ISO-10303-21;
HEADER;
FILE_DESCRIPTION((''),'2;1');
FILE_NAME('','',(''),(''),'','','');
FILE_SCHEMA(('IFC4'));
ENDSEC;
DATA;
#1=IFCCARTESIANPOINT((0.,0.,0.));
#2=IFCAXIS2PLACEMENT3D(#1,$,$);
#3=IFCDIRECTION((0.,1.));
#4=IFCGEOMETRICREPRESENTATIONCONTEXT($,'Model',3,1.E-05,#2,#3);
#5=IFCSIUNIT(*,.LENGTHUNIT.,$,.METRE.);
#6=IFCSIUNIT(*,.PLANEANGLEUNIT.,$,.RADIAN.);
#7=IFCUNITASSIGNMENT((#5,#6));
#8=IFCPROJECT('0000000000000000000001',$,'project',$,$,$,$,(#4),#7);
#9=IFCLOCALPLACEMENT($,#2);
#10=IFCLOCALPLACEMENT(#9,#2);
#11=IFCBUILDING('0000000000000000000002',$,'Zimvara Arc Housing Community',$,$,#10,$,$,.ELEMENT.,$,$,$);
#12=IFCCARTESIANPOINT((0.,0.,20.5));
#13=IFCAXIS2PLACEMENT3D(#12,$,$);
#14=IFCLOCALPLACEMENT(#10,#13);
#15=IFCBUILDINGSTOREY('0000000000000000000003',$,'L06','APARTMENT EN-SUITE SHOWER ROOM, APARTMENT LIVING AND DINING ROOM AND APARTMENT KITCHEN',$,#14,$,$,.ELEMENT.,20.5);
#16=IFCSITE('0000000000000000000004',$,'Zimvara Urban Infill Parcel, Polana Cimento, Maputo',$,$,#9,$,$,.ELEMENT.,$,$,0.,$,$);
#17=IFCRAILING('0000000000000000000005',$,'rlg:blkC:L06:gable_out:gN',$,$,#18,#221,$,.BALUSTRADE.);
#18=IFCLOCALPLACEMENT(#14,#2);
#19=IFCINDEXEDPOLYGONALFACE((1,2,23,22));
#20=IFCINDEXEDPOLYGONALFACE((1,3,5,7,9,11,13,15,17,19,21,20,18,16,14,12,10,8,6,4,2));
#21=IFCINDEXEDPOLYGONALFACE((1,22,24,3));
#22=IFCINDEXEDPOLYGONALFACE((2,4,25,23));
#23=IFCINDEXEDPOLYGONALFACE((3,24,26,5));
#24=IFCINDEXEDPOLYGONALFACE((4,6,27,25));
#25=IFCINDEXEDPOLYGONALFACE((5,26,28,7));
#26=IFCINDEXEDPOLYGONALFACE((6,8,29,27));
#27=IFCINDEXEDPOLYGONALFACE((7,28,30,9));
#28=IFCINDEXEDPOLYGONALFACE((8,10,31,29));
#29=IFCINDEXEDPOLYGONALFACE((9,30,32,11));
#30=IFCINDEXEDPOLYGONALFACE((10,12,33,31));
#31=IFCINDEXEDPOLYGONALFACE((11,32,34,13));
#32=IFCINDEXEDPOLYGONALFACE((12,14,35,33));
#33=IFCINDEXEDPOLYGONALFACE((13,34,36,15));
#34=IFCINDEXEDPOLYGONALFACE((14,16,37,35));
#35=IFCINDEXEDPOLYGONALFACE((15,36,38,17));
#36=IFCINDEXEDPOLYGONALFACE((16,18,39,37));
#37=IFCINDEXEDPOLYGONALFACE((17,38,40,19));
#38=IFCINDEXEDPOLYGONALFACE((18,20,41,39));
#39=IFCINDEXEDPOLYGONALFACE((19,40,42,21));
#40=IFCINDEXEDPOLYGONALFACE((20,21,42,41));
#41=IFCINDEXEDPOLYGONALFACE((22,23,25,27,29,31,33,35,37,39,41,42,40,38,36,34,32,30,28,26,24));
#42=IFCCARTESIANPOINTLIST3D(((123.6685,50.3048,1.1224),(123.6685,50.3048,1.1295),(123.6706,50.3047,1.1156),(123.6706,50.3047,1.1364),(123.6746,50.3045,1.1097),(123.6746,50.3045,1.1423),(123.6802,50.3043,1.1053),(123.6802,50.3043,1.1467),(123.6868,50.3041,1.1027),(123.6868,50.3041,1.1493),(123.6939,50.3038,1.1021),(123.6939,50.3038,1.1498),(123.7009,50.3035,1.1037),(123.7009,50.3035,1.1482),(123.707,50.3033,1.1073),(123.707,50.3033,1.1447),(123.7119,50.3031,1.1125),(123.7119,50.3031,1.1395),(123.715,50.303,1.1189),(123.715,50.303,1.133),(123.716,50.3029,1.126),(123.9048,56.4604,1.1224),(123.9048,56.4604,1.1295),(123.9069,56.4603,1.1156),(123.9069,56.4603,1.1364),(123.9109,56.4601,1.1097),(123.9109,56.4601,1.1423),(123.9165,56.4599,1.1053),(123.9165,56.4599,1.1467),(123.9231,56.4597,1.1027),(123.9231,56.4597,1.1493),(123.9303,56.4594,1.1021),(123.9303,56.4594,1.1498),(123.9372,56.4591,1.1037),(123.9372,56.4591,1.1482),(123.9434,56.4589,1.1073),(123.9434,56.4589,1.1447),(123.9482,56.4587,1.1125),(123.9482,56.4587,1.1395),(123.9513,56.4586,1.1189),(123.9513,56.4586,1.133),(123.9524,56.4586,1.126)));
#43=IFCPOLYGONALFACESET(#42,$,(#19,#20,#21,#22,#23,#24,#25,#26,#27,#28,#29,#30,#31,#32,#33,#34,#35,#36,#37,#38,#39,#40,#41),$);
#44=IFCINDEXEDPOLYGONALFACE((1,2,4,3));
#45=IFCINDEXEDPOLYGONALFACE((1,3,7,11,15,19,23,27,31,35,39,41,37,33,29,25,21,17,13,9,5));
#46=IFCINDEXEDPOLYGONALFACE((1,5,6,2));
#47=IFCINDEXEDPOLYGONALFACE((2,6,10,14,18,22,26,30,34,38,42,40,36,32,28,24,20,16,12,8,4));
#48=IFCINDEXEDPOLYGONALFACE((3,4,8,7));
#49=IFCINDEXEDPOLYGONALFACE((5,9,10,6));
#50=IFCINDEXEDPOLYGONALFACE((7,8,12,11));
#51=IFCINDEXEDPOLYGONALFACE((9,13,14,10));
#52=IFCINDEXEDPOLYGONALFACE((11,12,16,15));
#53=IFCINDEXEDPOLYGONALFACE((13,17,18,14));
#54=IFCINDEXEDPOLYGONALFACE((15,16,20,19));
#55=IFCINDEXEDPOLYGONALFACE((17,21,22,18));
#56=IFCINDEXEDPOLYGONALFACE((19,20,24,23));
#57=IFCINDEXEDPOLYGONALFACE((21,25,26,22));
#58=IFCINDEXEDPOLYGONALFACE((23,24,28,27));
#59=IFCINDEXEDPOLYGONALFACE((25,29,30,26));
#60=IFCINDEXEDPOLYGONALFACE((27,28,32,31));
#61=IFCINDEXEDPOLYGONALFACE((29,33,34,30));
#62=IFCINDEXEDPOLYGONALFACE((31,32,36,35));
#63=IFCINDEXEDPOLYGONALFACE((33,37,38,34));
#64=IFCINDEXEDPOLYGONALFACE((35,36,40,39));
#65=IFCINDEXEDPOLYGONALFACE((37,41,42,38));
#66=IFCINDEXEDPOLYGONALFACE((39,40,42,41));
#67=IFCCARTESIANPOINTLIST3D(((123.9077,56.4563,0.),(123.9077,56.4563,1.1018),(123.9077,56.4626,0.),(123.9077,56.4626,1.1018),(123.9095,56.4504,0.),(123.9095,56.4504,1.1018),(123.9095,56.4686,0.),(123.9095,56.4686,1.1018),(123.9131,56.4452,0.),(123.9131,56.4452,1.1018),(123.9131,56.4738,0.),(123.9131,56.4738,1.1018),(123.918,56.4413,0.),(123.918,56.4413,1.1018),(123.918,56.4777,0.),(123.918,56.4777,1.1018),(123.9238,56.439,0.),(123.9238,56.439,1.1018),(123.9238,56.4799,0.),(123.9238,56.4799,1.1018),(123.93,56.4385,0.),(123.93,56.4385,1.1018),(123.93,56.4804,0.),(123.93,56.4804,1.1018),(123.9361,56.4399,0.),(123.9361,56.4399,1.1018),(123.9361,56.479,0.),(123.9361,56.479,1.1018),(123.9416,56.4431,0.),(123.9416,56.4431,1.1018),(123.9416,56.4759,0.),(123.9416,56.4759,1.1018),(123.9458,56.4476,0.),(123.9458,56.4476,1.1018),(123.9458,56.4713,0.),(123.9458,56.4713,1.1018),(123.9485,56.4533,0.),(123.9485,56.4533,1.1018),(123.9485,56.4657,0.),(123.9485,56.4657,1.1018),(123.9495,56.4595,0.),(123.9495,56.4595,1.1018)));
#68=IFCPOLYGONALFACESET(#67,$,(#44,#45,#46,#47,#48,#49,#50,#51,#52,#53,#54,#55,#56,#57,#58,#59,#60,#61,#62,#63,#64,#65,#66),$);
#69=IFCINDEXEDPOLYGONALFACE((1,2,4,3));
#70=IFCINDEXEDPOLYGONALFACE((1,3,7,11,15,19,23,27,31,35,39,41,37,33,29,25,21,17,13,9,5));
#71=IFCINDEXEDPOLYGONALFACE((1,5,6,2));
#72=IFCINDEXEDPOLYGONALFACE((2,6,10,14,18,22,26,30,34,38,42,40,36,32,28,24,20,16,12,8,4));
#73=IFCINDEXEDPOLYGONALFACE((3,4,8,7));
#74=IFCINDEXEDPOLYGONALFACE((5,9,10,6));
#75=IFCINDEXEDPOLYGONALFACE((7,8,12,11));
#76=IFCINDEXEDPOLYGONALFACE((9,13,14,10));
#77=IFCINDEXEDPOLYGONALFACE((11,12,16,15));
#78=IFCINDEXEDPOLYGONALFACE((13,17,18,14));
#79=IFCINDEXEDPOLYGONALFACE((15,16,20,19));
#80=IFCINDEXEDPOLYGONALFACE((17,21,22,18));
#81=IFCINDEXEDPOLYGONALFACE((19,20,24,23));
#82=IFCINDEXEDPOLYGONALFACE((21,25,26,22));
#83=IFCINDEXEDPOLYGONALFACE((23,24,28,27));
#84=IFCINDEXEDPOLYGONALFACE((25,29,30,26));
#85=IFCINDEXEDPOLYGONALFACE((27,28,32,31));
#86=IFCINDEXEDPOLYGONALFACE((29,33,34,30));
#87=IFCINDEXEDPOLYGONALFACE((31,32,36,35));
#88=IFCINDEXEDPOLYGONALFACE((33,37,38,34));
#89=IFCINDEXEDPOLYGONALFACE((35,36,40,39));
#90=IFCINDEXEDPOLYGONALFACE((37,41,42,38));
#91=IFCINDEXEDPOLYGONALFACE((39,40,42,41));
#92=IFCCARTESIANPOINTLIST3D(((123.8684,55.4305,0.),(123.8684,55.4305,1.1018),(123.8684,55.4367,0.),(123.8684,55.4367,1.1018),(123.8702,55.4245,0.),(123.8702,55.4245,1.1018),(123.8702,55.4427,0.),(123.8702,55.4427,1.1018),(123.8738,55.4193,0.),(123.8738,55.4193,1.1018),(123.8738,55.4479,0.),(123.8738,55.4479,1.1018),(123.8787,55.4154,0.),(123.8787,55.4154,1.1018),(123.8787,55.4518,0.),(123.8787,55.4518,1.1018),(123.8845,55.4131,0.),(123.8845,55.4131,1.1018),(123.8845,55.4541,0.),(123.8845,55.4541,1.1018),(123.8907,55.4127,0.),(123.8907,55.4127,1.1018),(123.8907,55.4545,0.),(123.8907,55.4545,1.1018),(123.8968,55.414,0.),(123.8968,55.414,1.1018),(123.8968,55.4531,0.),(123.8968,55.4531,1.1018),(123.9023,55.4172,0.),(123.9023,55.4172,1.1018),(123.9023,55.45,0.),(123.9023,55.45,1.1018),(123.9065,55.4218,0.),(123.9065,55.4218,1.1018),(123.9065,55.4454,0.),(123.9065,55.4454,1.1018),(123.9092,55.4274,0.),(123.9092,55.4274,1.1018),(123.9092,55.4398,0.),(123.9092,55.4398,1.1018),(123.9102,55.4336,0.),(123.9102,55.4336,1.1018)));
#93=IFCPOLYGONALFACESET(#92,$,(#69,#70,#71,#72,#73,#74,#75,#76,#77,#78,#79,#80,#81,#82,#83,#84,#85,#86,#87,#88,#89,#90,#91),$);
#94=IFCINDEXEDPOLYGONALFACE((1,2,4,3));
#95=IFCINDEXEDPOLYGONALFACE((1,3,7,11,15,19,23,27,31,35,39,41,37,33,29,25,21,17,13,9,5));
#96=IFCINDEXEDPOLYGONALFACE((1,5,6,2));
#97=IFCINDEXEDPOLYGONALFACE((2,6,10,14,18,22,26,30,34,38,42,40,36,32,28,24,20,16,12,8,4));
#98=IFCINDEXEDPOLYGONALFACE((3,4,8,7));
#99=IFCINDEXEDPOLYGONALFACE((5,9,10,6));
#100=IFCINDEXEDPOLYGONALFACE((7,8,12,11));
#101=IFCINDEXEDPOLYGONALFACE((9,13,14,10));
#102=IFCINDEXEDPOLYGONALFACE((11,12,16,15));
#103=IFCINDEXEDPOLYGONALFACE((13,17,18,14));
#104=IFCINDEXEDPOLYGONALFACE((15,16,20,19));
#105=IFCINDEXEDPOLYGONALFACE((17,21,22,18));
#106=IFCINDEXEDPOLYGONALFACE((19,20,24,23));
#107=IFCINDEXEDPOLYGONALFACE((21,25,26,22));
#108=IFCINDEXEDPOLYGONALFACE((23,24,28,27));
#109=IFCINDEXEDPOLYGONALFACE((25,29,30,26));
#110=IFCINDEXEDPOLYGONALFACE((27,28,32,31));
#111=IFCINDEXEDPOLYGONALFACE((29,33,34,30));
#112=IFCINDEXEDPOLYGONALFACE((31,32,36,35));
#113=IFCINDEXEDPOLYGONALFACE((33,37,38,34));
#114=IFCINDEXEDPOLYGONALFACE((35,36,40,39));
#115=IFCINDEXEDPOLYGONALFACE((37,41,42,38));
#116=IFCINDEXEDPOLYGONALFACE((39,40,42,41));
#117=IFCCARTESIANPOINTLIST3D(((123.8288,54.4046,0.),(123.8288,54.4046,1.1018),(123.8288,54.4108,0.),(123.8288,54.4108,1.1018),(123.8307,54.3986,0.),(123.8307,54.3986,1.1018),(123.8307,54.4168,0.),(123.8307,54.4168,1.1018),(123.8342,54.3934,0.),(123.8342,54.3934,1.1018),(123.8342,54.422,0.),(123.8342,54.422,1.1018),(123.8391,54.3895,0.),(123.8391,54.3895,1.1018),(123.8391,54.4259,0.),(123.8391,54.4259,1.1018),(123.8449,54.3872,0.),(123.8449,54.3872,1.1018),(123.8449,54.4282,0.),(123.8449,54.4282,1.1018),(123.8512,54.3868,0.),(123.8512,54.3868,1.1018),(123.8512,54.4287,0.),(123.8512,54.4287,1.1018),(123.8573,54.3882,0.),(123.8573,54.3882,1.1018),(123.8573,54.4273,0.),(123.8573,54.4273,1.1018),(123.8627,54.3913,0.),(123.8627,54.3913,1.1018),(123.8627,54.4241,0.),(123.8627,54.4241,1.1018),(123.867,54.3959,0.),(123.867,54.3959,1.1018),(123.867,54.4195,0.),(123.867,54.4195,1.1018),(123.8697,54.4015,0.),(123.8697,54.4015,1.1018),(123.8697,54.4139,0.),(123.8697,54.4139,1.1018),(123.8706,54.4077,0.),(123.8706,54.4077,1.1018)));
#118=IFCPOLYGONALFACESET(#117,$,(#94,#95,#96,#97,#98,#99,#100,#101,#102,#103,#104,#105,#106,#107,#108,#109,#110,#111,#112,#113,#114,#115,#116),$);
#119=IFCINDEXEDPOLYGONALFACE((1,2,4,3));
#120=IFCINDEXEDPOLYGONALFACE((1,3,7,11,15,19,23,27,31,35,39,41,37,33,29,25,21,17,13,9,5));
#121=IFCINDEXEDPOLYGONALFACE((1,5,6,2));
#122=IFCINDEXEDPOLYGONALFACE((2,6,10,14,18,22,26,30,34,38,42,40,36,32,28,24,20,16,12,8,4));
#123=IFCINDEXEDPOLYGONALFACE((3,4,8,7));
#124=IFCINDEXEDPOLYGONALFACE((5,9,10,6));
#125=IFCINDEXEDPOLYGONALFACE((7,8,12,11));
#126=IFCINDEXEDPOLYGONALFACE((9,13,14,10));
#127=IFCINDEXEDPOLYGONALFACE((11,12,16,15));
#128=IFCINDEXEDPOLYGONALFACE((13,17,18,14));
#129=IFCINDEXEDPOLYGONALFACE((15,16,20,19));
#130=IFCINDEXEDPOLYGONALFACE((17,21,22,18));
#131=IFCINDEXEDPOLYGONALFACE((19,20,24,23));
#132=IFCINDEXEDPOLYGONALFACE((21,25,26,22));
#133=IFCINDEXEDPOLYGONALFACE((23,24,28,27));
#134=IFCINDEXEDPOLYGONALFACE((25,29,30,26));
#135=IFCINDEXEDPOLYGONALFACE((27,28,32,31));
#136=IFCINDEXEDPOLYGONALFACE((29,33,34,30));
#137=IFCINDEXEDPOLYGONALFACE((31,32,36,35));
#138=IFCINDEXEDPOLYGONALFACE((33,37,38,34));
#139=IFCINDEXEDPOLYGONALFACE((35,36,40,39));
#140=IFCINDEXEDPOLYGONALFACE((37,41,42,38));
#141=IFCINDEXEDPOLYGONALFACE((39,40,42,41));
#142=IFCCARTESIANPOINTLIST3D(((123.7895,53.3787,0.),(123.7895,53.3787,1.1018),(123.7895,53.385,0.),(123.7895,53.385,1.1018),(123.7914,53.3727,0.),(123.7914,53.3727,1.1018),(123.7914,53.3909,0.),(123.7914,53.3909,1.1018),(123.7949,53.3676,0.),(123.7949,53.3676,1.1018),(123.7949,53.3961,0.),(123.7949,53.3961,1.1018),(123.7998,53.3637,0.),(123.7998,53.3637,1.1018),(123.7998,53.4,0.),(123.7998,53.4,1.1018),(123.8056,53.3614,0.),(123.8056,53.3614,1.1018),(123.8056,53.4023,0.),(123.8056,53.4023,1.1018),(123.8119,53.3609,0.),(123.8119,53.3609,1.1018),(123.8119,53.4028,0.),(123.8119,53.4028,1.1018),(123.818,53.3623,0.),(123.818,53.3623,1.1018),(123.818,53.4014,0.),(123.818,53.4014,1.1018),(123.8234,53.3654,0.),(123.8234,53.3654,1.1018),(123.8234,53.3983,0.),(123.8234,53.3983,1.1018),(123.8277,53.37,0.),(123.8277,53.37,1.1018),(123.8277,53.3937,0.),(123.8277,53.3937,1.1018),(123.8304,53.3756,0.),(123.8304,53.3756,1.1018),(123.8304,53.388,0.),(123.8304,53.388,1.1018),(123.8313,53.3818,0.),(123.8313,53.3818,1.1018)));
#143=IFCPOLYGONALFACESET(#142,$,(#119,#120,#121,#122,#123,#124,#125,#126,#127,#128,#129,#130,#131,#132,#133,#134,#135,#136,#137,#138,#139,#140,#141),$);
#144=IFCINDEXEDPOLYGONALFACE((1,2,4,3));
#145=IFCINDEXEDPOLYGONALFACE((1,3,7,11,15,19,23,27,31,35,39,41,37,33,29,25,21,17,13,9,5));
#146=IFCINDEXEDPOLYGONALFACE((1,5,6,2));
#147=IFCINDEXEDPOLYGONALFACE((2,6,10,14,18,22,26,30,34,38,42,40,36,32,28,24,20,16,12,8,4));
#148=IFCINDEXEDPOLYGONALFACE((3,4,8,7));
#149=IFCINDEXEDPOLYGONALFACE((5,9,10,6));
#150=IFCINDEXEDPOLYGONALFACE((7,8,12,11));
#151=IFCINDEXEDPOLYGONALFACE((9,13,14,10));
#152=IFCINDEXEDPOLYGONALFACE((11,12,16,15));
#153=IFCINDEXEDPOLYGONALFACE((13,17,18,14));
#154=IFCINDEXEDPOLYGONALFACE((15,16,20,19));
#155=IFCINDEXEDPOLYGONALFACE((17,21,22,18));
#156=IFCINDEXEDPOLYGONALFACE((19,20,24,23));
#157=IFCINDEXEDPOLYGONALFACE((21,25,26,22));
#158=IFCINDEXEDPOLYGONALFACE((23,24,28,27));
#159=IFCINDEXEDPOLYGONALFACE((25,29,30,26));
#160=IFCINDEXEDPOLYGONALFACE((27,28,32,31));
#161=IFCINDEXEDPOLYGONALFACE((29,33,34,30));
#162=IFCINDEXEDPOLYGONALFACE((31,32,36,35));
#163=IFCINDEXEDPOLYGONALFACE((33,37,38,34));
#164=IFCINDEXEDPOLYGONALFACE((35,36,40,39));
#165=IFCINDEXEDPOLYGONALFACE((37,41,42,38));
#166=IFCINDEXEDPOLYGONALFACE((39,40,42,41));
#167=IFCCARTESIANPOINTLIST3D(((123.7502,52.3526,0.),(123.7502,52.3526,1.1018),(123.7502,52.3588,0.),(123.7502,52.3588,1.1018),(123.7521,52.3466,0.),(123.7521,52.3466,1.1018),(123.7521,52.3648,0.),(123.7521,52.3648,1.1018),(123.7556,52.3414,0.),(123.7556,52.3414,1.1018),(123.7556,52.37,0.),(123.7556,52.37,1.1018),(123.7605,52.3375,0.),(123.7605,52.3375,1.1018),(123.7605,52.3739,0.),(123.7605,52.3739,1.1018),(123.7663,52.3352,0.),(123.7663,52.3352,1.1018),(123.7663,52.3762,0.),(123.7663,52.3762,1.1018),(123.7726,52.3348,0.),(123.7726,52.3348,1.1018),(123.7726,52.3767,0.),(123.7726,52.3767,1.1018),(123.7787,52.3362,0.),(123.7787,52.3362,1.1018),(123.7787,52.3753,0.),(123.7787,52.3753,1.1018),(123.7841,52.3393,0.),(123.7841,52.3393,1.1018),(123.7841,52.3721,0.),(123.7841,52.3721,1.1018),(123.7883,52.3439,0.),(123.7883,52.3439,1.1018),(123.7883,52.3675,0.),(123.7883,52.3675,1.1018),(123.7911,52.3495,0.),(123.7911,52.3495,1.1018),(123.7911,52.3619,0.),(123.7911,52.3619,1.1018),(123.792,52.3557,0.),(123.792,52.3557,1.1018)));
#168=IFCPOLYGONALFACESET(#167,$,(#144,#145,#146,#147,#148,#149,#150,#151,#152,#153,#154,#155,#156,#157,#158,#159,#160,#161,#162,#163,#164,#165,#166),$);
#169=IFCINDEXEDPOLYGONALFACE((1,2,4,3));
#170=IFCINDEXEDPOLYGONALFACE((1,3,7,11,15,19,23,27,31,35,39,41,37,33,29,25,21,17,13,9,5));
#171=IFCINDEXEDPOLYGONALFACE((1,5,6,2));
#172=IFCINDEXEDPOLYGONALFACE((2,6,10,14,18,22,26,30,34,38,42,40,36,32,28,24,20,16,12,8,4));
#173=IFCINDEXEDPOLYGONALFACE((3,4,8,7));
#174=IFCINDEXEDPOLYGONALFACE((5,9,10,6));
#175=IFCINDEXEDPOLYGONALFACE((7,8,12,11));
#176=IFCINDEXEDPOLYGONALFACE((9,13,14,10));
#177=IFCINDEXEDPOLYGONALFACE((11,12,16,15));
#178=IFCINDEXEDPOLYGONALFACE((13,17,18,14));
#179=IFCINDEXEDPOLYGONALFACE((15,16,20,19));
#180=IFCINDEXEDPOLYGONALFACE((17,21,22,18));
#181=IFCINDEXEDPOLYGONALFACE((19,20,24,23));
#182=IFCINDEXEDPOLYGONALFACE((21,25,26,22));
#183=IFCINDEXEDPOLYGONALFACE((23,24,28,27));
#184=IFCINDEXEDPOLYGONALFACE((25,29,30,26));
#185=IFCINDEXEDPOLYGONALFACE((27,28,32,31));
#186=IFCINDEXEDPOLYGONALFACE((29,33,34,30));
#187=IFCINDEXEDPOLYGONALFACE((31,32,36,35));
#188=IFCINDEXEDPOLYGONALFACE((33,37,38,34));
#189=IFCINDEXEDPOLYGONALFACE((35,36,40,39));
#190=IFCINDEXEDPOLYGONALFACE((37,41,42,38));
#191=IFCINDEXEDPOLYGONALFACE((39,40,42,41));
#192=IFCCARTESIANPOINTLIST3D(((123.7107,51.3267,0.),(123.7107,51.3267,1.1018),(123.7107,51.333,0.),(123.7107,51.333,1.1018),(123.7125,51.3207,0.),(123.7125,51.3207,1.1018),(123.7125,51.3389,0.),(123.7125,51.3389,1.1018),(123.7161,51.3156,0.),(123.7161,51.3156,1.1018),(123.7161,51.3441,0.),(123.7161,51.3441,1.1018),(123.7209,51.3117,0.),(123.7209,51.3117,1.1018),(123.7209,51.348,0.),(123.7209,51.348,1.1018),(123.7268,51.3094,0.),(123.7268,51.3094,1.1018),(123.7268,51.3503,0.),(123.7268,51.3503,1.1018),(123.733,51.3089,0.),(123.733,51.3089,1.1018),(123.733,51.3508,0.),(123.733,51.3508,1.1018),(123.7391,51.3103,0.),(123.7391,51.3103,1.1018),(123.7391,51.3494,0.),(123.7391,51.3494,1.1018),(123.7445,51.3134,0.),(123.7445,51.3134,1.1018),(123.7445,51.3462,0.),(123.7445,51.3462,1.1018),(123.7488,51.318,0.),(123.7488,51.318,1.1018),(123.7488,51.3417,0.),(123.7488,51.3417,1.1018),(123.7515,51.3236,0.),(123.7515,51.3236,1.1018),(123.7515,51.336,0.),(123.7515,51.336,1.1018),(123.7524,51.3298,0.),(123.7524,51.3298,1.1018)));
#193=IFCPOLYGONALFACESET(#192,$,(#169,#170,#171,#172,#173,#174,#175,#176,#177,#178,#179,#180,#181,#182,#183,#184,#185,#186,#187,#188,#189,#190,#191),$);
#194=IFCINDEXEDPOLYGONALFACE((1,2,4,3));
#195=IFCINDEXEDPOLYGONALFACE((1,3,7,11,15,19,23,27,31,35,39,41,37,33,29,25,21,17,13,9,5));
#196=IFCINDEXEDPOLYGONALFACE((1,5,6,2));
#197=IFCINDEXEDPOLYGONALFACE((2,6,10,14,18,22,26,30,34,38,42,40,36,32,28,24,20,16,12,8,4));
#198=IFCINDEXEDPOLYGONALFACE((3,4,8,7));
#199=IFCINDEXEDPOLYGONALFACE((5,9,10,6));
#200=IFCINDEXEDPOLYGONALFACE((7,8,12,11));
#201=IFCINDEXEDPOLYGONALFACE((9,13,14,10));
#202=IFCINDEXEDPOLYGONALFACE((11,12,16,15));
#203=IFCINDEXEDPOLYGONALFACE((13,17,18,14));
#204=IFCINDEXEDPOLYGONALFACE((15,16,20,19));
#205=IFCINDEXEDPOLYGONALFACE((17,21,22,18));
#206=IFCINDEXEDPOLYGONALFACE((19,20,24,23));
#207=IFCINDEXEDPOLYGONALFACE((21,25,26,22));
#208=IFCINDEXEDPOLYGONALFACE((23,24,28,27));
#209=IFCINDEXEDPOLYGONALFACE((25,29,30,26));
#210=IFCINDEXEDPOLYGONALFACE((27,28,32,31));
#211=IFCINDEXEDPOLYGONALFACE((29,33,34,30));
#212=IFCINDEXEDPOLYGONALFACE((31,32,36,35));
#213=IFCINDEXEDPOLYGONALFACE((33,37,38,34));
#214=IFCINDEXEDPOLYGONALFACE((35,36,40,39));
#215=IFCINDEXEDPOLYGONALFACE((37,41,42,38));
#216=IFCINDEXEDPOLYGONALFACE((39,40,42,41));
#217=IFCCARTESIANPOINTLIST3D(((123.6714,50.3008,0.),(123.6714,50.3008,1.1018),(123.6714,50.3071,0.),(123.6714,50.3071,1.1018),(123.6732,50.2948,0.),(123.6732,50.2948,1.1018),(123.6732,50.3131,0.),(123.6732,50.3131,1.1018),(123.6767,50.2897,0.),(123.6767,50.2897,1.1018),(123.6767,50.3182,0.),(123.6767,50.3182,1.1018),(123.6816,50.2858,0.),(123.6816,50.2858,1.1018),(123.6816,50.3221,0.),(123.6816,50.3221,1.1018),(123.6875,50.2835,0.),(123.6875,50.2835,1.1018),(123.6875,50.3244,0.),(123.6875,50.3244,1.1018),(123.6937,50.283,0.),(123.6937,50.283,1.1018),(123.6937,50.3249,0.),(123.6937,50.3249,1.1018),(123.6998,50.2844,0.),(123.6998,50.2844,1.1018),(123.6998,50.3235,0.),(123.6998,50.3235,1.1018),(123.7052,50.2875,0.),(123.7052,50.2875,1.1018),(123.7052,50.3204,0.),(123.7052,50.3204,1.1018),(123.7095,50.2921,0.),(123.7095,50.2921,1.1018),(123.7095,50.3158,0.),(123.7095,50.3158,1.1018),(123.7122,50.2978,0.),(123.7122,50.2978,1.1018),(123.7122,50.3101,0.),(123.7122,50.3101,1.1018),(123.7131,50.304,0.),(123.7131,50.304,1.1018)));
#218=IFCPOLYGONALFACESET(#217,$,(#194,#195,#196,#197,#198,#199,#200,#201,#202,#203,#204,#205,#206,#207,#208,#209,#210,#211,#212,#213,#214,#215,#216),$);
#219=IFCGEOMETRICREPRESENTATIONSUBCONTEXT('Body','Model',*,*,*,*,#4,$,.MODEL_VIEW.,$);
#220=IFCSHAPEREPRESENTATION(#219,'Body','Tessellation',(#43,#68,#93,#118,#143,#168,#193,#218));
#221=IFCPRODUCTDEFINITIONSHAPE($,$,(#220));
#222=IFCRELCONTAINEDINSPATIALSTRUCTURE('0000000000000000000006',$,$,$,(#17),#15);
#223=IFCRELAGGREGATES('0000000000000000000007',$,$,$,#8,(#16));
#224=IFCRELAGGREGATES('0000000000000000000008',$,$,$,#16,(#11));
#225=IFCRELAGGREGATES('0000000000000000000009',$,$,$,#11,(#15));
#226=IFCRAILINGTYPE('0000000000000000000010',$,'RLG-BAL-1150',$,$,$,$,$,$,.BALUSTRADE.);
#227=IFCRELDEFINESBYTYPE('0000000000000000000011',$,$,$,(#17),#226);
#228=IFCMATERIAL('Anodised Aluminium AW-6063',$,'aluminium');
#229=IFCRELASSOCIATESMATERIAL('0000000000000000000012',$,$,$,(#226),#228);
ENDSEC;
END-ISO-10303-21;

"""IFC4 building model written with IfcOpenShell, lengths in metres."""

from ifc_helpers import new_model, si_unit, direction, frame, origin, origin_2d, place, context, subcontext, project, spatial, circle, extrude, material, type_object, element, save


model = new_model("IFC4")

# Units and contexts
model_context = context("Model", 3, precision=1e-05, world=origin(), true_north=direction((0.0, 1.0)))
body_context = subcontext(model_context, "Body", "Model", "MODEL_VIEW")
ifc_project = project(units=[si_unit("LENGTHUNIT", "METRE"), si_unit("PLANEANGLEUNIT", "RADIAN")], contexts=[model_context])

# Site, building, storey
site_placement = place(None, origin())
site = spatial("IfcSite", under=ifc_project, at=site_placement, Name="Zimvara Urban Infill Parcel, Polana Cimento, Maputo", CompositionType="ELEMENT", RefElevation=0.0)
building_placement = place(site_placement, origin())
building = spatial("IfcBuilding", under=site, at=building_placement, Name="Zimvara Arc Housing Community", CompositionType="ELEMENT")
storey_placement = place(building_placement, frame((0.0, 0.0, 20.5)))
storey = spatial("IfcBuildingStorey", under=building, at=storey_placement, Name="L06", Description="APARTMENT EN-SUITE SHOWER ROOM, APARTMENT LIVING AND DINING ROOM AND APARTMENT KITCHEN", CompositionType="ELEMENT", Elevation=20.5)

# Railing
ifc_material_1 = material(Name="Anodised Aluminium AW-6063", Category="aluminium")
railing_type = type_object("IfcRailingType", Name="RLG-BAL-1150", PredefinedType="BALUSTRADE", material=ifc_material_1)
railing_1_placement = place(storey_placement, frame((123.9285, 56.4595, 0.0)))
element("IfcRailing", 1, at=railing_1_placement, inside=storey, type_object=railing_type, Name="rlg:blkC:L06:gable_out:gN", PredefinedType="BALUSTRADE", context=body_context, shape_type="SweptSolid", body=[
    extrude(circle(Radius=0.0239, at=origin_2d()), frame((0.0, 0.0, 1.126), z_axis=(-0.038365, -0.999264, 0.0), x_axis=(0.999264, -0.038365, 0.0)), (0.0, 0.0, 1.0), 6.1602),
    extrude(circle(Radius=0.021, at=origin_2d()), origin(), (0.0, 0.0, 1.0), 1.1018),
    extrude(circle(Radius=0.021, at=origin_2d()), frame((-0.0393, -1.0259, 0.0)), (0.0, 0.0, 1.0), 1.1018),
    extrude(circle(Radius=0.021, at=origin_2d()), frame((-0.0789, -2.0518, 0.0)), (0.0, 0.0, 1.0), 1.1018),
    extrude(circle(Radius=0.021, at=origin_2d()), frame((-0.1182, -3.0776, 0.0)), (0.0, 0.0, 1.0), 1.1018),
    extrude(circle(Radius=0.021, at=origin_2d()), frame((-0.1575, -4.1038, 0.0)), (0.0, 0.0, 1.0), 1.1018),
    extrude(circle(Radius=0.021, at=origin_2d()), frame((-0.197, -5.1296, 0.0)), (0.0, 0.0, 1.0), 1.1018),
    extrude(circle(Radius=0.021, at=origin_2d()), frame((-0.2363, -6.1555, 0.0)), (0.0, 0.0, 1.0), 1.1018),
])

save(model, "model.ifc")
